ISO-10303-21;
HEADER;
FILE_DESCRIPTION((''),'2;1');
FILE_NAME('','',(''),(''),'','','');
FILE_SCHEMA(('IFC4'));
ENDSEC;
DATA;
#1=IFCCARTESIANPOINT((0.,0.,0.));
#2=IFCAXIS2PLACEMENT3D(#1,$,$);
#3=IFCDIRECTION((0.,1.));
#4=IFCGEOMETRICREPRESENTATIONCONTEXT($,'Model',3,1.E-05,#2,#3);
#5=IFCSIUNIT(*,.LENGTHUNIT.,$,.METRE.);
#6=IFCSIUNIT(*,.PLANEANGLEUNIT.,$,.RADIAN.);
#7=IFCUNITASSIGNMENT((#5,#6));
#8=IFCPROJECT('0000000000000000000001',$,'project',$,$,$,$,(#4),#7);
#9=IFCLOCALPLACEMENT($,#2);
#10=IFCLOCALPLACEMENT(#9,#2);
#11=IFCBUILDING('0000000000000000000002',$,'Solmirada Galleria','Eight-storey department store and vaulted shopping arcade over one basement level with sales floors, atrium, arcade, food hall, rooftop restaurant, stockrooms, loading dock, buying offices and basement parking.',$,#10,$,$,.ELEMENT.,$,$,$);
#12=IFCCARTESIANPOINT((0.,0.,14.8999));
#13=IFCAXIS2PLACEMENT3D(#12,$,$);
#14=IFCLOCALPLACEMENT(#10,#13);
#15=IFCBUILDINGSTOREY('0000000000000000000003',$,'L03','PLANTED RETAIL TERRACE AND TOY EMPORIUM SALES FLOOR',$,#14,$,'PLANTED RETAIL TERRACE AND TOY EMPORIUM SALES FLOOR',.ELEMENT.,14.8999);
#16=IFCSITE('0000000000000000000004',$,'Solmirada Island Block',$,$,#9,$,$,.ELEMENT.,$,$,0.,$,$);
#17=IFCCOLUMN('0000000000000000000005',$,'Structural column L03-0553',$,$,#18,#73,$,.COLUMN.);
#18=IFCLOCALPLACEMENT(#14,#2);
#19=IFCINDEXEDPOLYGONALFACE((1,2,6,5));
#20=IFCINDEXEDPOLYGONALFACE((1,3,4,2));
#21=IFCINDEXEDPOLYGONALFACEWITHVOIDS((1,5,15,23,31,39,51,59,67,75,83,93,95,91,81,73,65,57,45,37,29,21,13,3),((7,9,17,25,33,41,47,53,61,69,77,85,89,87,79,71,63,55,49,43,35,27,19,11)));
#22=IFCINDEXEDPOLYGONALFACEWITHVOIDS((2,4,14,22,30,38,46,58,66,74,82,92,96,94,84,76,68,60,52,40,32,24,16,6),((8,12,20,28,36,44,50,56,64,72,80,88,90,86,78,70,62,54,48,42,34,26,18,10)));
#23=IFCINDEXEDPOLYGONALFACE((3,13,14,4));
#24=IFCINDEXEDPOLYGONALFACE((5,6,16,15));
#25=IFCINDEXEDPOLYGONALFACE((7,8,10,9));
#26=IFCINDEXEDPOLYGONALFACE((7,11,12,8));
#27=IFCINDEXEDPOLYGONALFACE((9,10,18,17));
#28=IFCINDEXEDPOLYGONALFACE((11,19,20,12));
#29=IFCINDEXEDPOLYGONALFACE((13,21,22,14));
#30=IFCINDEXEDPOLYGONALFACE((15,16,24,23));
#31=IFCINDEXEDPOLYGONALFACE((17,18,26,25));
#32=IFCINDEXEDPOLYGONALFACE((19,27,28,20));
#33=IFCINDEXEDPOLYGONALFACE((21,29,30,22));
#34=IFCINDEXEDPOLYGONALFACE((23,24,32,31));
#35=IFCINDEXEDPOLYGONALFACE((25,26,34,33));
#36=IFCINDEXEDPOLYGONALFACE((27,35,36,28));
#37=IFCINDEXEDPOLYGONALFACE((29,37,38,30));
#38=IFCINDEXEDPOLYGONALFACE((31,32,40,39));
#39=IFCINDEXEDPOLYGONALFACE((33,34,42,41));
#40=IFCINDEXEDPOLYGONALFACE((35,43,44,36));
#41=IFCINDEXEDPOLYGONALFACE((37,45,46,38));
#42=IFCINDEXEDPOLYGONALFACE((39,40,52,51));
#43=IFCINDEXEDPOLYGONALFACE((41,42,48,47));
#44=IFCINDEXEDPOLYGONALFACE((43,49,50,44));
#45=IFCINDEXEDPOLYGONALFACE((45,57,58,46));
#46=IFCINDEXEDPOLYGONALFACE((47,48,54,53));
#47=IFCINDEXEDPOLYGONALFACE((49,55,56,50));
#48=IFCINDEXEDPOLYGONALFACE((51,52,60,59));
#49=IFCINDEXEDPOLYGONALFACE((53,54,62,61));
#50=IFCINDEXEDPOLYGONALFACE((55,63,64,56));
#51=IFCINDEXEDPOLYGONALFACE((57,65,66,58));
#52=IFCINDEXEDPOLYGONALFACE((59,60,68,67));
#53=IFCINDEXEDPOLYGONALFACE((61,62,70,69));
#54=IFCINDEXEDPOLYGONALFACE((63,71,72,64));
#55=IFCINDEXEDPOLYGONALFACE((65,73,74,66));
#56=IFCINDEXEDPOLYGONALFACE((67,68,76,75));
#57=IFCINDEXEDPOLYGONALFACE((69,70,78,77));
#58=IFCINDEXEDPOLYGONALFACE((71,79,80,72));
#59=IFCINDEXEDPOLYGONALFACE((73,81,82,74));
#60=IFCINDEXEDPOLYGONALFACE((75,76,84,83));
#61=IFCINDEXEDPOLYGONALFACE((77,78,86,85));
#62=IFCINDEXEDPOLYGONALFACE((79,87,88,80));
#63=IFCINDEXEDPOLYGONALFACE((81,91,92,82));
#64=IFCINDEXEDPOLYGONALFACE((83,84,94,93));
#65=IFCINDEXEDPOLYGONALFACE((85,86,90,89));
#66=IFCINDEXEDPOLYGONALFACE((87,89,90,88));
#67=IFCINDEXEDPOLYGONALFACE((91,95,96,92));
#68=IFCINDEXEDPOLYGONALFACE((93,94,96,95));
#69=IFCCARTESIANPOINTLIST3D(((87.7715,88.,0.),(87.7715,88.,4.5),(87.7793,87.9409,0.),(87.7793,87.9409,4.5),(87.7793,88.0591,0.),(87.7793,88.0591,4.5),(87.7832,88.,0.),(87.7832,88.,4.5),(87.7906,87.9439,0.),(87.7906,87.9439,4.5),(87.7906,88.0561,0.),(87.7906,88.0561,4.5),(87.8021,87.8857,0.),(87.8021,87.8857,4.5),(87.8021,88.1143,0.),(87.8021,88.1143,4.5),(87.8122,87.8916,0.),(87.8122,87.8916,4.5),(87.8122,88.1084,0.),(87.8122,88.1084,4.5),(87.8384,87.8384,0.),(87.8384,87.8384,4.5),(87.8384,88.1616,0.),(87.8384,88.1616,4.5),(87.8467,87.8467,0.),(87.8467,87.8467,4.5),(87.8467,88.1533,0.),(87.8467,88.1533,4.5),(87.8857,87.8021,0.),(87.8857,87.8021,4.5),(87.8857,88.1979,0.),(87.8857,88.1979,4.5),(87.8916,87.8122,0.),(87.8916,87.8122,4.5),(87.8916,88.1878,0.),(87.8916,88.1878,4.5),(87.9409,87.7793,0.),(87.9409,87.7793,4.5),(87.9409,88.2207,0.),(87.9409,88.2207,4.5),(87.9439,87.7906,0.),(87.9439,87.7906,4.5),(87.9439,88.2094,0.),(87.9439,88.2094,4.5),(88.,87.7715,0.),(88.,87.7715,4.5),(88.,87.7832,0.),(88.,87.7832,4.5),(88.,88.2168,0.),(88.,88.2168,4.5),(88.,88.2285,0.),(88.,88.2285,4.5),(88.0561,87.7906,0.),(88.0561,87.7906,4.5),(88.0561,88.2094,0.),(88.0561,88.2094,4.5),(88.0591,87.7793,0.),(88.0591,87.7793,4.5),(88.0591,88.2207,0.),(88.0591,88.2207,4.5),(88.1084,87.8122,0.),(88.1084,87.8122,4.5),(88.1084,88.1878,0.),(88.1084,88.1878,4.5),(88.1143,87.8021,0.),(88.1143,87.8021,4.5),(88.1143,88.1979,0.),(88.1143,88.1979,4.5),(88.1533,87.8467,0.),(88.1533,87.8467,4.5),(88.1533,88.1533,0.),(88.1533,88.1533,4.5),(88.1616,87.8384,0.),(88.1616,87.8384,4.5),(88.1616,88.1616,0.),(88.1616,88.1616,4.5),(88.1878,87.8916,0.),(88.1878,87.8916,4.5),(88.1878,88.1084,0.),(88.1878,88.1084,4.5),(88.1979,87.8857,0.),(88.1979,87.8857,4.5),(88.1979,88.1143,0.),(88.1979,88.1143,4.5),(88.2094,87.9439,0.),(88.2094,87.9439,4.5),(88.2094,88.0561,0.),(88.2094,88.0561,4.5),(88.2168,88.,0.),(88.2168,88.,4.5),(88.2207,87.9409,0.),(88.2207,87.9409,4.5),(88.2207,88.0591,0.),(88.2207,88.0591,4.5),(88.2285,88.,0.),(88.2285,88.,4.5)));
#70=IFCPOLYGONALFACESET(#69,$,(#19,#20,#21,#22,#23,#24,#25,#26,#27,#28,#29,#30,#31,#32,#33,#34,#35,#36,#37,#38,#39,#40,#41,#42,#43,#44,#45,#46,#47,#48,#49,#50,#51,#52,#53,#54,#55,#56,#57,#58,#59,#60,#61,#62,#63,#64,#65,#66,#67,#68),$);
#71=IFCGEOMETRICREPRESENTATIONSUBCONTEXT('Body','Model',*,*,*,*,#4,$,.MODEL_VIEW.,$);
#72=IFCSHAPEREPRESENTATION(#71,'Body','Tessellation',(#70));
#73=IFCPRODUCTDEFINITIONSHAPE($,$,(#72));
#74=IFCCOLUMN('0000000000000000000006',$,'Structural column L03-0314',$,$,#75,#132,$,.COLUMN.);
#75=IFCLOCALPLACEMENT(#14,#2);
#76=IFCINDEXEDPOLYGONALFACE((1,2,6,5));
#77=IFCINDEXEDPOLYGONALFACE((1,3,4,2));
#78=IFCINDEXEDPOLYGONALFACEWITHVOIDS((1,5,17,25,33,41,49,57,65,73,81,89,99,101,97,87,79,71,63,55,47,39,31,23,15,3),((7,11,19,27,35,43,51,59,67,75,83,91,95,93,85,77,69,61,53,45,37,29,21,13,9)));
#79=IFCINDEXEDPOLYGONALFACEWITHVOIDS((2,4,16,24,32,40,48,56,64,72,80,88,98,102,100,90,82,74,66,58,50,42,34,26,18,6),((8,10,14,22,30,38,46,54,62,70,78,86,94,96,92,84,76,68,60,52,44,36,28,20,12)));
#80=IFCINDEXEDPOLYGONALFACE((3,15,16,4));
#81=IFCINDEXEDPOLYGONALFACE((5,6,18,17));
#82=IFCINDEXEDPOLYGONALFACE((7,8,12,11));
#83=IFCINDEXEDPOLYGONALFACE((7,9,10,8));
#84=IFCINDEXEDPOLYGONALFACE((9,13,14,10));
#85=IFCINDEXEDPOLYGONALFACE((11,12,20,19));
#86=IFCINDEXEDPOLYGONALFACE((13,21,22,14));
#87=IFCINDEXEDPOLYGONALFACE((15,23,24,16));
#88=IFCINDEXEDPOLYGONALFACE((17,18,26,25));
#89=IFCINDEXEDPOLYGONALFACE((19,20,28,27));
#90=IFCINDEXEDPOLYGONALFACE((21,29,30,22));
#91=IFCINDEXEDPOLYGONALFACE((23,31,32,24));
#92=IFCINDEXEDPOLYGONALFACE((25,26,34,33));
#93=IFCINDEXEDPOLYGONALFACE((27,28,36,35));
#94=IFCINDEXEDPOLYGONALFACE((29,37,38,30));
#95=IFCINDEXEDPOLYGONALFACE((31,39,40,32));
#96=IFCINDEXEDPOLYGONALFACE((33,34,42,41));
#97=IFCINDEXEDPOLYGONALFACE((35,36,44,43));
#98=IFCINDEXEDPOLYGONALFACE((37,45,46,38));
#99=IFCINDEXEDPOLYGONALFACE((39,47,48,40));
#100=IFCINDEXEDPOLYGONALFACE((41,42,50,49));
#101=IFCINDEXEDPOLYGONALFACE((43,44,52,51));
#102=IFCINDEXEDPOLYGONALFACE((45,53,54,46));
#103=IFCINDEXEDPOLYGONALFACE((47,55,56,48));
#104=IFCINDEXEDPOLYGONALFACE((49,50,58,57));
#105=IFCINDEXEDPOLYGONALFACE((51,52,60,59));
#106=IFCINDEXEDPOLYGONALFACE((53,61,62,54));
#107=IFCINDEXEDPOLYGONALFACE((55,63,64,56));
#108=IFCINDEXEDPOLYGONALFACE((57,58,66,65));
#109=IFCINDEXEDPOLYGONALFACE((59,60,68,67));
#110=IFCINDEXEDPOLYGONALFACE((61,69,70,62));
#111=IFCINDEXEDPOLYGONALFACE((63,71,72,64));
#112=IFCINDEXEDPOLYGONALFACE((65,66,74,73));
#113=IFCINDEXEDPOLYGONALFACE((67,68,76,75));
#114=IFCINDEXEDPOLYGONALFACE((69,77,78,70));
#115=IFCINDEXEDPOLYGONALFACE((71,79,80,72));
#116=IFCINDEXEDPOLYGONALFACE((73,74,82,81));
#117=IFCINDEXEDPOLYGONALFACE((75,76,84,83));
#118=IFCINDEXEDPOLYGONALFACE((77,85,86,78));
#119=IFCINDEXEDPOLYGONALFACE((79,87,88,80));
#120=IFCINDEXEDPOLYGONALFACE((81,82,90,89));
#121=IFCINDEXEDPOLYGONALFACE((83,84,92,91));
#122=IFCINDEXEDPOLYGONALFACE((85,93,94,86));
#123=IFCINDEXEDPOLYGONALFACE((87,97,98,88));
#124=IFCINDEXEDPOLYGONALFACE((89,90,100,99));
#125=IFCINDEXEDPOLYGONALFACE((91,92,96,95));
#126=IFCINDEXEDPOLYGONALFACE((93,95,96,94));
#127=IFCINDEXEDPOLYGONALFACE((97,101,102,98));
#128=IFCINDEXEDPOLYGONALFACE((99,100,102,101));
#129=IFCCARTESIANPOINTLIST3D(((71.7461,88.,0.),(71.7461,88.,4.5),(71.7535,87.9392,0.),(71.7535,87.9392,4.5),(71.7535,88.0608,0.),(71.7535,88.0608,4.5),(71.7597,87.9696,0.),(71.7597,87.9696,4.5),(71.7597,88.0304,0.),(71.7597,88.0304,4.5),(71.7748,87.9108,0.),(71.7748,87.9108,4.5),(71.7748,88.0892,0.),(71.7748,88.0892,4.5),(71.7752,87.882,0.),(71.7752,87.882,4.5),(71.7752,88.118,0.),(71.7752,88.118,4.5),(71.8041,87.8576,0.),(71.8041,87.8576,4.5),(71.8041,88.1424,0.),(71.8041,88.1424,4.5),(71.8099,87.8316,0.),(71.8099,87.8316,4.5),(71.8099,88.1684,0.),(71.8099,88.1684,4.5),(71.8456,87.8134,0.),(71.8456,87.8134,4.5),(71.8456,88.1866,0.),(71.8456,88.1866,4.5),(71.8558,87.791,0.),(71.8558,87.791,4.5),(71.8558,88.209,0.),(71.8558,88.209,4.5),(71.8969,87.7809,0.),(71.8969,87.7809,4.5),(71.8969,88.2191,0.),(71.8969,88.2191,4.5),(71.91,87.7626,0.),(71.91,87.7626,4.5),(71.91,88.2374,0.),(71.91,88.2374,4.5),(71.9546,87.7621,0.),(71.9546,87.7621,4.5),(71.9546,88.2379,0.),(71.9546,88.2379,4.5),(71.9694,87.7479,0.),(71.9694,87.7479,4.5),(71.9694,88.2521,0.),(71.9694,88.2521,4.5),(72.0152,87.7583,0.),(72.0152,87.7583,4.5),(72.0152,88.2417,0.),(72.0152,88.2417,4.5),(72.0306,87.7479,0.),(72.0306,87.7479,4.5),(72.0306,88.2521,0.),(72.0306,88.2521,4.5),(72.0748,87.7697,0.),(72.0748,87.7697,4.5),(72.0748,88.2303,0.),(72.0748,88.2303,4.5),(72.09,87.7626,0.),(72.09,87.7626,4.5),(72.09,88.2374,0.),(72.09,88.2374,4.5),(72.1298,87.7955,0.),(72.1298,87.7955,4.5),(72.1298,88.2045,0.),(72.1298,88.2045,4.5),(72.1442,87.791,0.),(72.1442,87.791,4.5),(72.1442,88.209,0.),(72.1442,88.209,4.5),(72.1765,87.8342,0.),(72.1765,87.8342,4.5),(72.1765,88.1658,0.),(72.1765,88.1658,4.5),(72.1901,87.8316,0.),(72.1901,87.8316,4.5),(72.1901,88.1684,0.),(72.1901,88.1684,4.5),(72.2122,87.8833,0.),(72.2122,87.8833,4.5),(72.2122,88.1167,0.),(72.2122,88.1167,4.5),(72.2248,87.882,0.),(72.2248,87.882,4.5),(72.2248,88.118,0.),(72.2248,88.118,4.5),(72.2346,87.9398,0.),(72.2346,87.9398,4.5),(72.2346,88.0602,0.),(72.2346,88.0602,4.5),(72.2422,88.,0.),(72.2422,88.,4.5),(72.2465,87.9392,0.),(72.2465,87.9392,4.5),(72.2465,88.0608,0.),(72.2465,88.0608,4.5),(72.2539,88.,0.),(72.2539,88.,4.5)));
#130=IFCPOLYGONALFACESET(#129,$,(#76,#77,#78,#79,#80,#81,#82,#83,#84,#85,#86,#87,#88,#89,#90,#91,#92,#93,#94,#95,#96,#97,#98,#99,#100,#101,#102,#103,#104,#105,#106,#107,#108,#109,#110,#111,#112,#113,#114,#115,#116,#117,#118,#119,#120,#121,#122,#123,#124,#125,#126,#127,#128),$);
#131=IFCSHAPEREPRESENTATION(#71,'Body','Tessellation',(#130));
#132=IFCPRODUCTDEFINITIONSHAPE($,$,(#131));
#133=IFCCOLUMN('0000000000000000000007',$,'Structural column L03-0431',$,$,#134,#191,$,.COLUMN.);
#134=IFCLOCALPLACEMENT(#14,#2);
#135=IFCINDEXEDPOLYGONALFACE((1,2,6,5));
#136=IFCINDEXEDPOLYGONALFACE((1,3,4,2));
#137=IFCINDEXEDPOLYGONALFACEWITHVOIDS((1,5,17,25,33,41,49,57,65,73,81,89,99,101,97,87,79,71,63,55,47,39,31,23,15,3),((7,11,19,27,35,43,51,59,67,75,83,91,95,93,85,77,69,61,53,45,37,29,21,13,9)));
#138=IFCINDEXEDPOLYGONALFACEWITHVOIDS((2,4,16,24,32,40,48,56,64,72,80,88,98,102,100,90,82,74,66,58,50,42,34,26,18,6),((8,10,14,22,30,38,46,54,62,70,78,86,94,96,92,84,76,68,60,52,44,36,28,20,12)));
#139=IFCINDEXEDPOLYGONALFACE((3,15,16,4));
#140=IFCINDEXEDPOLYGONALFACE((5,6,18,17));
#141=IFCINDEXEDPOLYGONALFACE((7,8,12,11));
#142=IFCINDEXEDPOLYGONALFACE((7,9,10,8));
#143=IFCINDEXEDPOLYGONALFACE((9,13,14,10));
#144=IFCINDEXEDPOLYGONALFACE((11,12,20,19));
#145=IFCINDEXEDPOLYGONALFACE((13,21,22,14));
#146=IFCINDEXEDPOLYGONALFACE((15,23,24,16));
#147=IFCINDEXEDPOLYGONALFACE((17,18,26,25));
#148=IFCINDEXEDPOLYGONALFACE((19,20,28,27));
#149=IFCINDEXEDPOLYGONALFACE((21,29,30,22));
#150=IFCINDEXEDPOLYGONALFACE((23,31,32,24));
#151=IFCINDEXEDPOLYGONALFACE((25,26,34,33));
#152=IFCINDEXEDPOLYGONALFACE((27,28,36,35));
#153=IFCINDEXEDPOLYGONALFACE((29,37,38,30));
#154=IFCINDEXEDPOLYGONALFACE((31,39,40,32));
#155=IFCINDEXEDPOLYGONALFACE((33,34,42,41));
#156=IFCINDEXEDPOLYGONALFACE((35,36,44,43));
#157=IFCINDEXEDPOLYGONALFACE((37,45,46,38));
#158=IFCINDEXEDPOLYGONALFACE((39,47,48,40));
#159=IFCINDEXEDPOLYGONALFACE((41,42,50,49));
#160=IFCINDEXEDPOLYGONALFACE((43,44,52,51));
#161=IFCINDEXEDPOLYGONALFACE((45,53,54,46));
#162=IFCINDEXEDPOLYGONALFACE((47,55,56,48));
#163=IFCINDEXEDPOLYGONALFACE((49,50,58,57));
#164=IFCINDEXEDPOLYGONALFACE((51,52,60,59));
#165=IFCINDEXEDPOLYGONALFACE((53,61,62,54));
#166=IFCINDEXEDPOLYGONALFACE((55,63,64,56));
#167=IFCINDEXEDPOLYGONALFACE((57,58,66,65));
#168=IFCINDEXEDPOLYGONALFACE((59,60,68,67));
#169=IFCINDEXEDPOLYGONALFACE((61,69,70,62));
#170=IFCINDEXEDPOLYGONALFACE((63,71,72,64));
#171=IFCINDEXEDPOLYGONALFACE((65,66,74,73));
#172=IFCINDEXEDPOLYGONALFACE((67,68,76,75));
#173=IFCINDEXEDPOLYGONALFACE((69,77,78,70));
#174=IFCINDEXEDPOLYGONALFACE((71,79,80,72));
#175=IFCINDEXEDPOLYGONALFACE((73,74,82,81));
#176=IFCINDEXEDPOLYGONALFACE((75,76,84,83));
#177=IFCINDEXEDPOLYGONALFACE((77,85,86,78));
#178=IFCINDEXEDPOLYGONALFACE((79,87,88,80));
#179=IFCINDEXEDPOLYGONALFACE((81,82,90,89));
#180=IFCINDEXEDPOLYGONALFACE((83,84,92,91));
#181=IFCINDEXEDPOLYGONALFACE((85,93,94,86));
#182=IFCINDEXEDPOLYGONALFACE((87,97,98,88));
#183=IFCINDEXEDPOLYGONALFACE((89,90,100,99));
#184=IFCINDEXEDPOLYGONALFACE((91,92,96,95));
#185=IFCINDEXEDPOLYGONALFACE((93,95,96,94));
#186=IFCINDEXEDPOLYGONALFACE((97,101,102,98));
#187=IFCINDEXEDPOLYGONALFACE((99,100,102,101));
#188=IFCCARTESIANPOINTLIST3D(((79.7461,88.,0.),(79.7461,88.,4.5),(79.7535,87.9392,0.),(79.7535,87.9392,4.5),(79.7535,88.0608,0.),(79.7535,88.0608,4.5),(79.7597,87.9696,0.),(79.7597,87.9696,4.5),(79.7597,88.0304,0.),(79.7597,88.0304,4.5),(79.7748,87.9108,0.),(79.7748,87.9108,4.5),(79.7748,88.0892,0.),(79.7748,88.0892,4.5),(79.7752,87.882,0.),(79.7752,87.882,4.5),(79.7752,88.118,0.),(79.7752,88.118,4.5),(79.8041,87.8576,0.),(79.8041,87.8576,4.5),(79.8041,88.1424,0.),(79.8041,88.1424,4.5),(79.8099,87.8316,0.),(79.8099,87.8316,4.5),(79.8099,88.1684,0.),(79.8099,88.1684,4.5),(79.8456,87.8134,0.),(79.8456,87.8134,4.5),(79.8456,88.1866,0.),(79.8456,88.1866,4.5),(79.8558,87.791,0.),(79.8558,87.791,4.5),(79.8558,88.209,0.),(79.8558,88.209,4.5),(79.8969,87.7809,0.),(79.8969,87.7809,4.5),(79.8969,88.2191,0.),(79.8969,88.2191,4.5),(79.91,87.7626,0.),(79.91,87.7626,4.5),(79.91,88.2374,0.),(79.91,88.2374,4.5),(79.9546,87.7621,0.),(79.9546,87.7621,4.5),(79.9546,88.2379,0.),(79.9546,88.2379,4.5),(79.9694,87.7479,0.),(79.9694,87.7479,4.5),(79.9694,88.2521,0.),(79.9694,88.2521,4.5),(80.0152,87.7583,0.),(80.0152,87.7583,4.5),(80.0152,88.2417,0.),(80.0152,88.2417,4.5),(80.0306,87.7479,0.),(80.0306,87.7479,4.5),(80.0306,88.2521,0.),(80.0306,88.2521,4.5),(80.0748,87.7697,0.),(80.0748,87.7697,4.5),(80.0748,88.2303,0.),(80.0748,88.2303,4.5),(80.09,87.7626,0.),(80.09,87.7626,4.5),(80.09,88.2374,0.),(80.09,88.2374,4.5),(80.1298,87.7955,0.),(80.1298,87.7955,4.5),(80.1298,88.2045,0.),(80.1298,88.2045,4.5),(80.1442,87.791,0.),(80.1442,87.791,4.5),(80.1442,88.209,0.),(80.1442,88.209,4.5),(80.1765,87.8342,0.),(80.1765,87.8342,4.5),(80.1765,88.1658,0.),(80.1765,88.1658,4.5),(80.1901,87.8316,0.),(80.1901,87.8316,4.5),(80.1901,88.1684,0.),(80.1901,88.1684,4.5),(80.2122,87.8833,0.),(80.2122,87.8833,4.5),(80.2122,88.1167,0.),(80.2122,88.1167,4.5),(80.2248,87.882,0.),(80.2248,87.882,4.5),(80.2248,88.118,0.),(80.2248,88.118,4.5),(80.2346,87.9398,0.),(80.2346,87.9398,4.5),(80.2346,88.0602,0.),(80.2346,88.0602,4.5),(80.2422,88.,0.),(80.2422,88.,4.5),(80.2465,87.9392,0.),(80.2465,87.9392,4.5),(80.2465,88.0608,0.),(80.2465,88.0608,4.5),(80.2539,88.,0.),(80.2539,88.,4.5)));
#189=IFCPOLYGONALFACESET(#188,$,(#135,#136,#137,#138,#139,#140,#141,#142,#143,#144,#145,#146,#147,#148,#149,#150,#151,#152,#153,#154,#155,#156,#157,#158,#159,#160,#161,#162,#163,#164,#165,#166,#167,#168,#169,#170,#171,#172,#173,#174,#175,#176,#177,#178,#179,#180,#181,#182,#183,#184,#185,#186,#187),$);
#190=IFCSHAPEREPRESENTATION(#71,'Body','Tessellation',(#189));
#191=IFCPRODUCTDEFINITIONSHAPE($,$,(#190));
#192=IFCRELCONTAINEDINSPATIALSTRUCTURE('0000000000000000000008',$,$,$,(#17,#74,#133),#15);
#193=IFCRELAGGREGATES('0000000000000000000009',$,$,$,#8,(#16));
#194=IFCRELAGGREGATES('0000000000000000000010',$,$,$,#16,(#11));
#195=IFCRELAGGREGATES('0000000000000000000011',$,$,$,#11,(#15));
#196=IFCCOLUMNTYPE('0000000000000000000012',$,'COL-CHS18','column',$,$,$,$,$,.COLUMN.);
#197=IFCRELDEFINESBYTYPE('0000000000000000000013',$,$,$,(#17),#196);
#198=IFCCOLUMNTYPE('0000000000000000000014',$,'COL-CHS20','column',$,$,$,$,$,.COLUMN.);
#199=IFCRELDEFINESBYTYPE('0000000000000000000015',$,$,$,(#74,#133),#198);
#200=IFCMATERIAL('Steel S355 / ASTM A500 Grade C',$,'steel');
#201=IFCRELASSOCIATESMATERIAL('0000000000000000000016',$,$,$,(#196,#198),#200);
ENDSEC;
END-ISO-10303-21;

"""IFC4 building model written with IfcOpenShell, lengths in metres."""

from ifc_helpers import new_model, si_unit, direction, frame, origin, origin_2d, place, context, subcontext, project, spatial, hollow_circle, extrude, material, material_profile, profile_set, type_object, element, save


model = new_model("IFC4")

# Units and contexts
model_context = context("Model", 3, precision=1e-05, world=origin(), true_north=direction((0.0, 1.0)))
body_context = subcontext(model_context, "Body", "Model", "MODEL_VIEW")
ifc_project = project(units=[si_unit("LENGTHUNIT", "METRE"), si_unit("PLANEANGLEUNIT", "RADIAN")], contexts=[model_context])

# Site, building, storey
site_placement = place(None, origin())
site = spatial("IfcSite", under=ifc_project, at=site_placement, Name="Solmirada Island Block", CompositionType="ELEMENT", RefElevation=0.0)
building_placement = place(site_placement, origin())
building = spatial("IfcBuilding", under=site, at=building_placement, Name="Solmirada Galleria", Description="Eight-storey department store and vaulted shopping arcade over one basement level with sales floors, atrium, arcade, food hall, rooftop restaurant, stockrooms, loading dock, buying offices and basement parking.", CompositionType="ELEMENT")
storey_placement = place(building_placement, frame((0.0, 0.0, 14.8999)))
storey = spatial("IfcBuildingStorey", under=building, at=storey_placement, Name="L03", Description="PLANTED RETAIL TERRACE AND TOY EMPORIUM SALES FLOOR", LongName="PLANTED RETAIL TERRACE AND TOY EMPORIUM SALES FLOOR", CompositionType="ELEMENT", Elevation=14.8999)

# Columns
ifc_material_1 = material(Name="Steel S355 / ASTM A500 Grade C", Category="steel")
ifc_material_profile_1 = material_profile(ifc_material_1, hollow_circle(Radius=0.2285, WallThickness=0.0117, at=origin_2d()), Name="HSS18.000X0.500")
ifc_profile_set_1 = profile_set([ifc_material_profile_1], Name="Steel S355 / ASTM A500 Grade C")
column_type_1 = type_object("IfcColumnType", Name="COL-CHS18", Description="column", PredefinedType="COLUMN", material=ifc_profile_set_1)
column_placement = place(storey_placement, frame((88.0, 88.0, 0.0), z_axis=(0.0, 0.0, 1.0), x_axis=(1.0, 0.0, 0.0)))
element("IfcColumn", 1, at=column_placement, inside=storey, type_object=column_type_1, Name="Structural column L03-0553", PredefinedType="COLUMN", context=body_context, shape_type="SweptSolid", body=[
    extrude(hollow_circle(Radius=0.2285, WallThickness=0.0117, at=origin_2d()), origin(), (0.0, 0.0, 1.0), 4.5),
])
ifc_material_profile_2 = material_profile(ifc_material_1, hollow_circle(Radius=0.2539, WallThickness=0.0117, at=origin_2d()), Name="HSS20.000X0.500")
ifc_profile_set_2 = profile_set([ifc_material_profile_2], Name="Steel S355 / ASTM A500 Grade C")
column_type_2 = type_object("IfcColumnType", Name="COL-CHS20", Description="column", PredefinedType="COLUMN", material=ifc_profile_set_2)
for number, where, z_axis, x_axis, name in (
    (2, (72.0, 88.0, 0.0), (0.0, 0.0, 1.0), (1.0, 0.0, 0.0), "Structural column L03-0314"),
    (3, (80.0, 88.0, 0.0), (0.0, 0.0, 1.0), (1.0, 0.0, 0.0), "Structural column L03-0431"),
):
    element("IfcColumn", number, at=place(storey_placement, frame(where, z_axis=z_axis, x_axis=x_axis)), inside=storey, type_object=column_type_2, Name=name, PredefinedType="COLUMN", context=body_context, shape_type="SweptSolid", body=[
        extrude(hollow_circle(Radius=0.2539, WallThickness=0.0117, at=origin_2d()), origin(), (0.0, 0.0, 1.0), 4.5),
    ])

save(model, "model.ifc")
